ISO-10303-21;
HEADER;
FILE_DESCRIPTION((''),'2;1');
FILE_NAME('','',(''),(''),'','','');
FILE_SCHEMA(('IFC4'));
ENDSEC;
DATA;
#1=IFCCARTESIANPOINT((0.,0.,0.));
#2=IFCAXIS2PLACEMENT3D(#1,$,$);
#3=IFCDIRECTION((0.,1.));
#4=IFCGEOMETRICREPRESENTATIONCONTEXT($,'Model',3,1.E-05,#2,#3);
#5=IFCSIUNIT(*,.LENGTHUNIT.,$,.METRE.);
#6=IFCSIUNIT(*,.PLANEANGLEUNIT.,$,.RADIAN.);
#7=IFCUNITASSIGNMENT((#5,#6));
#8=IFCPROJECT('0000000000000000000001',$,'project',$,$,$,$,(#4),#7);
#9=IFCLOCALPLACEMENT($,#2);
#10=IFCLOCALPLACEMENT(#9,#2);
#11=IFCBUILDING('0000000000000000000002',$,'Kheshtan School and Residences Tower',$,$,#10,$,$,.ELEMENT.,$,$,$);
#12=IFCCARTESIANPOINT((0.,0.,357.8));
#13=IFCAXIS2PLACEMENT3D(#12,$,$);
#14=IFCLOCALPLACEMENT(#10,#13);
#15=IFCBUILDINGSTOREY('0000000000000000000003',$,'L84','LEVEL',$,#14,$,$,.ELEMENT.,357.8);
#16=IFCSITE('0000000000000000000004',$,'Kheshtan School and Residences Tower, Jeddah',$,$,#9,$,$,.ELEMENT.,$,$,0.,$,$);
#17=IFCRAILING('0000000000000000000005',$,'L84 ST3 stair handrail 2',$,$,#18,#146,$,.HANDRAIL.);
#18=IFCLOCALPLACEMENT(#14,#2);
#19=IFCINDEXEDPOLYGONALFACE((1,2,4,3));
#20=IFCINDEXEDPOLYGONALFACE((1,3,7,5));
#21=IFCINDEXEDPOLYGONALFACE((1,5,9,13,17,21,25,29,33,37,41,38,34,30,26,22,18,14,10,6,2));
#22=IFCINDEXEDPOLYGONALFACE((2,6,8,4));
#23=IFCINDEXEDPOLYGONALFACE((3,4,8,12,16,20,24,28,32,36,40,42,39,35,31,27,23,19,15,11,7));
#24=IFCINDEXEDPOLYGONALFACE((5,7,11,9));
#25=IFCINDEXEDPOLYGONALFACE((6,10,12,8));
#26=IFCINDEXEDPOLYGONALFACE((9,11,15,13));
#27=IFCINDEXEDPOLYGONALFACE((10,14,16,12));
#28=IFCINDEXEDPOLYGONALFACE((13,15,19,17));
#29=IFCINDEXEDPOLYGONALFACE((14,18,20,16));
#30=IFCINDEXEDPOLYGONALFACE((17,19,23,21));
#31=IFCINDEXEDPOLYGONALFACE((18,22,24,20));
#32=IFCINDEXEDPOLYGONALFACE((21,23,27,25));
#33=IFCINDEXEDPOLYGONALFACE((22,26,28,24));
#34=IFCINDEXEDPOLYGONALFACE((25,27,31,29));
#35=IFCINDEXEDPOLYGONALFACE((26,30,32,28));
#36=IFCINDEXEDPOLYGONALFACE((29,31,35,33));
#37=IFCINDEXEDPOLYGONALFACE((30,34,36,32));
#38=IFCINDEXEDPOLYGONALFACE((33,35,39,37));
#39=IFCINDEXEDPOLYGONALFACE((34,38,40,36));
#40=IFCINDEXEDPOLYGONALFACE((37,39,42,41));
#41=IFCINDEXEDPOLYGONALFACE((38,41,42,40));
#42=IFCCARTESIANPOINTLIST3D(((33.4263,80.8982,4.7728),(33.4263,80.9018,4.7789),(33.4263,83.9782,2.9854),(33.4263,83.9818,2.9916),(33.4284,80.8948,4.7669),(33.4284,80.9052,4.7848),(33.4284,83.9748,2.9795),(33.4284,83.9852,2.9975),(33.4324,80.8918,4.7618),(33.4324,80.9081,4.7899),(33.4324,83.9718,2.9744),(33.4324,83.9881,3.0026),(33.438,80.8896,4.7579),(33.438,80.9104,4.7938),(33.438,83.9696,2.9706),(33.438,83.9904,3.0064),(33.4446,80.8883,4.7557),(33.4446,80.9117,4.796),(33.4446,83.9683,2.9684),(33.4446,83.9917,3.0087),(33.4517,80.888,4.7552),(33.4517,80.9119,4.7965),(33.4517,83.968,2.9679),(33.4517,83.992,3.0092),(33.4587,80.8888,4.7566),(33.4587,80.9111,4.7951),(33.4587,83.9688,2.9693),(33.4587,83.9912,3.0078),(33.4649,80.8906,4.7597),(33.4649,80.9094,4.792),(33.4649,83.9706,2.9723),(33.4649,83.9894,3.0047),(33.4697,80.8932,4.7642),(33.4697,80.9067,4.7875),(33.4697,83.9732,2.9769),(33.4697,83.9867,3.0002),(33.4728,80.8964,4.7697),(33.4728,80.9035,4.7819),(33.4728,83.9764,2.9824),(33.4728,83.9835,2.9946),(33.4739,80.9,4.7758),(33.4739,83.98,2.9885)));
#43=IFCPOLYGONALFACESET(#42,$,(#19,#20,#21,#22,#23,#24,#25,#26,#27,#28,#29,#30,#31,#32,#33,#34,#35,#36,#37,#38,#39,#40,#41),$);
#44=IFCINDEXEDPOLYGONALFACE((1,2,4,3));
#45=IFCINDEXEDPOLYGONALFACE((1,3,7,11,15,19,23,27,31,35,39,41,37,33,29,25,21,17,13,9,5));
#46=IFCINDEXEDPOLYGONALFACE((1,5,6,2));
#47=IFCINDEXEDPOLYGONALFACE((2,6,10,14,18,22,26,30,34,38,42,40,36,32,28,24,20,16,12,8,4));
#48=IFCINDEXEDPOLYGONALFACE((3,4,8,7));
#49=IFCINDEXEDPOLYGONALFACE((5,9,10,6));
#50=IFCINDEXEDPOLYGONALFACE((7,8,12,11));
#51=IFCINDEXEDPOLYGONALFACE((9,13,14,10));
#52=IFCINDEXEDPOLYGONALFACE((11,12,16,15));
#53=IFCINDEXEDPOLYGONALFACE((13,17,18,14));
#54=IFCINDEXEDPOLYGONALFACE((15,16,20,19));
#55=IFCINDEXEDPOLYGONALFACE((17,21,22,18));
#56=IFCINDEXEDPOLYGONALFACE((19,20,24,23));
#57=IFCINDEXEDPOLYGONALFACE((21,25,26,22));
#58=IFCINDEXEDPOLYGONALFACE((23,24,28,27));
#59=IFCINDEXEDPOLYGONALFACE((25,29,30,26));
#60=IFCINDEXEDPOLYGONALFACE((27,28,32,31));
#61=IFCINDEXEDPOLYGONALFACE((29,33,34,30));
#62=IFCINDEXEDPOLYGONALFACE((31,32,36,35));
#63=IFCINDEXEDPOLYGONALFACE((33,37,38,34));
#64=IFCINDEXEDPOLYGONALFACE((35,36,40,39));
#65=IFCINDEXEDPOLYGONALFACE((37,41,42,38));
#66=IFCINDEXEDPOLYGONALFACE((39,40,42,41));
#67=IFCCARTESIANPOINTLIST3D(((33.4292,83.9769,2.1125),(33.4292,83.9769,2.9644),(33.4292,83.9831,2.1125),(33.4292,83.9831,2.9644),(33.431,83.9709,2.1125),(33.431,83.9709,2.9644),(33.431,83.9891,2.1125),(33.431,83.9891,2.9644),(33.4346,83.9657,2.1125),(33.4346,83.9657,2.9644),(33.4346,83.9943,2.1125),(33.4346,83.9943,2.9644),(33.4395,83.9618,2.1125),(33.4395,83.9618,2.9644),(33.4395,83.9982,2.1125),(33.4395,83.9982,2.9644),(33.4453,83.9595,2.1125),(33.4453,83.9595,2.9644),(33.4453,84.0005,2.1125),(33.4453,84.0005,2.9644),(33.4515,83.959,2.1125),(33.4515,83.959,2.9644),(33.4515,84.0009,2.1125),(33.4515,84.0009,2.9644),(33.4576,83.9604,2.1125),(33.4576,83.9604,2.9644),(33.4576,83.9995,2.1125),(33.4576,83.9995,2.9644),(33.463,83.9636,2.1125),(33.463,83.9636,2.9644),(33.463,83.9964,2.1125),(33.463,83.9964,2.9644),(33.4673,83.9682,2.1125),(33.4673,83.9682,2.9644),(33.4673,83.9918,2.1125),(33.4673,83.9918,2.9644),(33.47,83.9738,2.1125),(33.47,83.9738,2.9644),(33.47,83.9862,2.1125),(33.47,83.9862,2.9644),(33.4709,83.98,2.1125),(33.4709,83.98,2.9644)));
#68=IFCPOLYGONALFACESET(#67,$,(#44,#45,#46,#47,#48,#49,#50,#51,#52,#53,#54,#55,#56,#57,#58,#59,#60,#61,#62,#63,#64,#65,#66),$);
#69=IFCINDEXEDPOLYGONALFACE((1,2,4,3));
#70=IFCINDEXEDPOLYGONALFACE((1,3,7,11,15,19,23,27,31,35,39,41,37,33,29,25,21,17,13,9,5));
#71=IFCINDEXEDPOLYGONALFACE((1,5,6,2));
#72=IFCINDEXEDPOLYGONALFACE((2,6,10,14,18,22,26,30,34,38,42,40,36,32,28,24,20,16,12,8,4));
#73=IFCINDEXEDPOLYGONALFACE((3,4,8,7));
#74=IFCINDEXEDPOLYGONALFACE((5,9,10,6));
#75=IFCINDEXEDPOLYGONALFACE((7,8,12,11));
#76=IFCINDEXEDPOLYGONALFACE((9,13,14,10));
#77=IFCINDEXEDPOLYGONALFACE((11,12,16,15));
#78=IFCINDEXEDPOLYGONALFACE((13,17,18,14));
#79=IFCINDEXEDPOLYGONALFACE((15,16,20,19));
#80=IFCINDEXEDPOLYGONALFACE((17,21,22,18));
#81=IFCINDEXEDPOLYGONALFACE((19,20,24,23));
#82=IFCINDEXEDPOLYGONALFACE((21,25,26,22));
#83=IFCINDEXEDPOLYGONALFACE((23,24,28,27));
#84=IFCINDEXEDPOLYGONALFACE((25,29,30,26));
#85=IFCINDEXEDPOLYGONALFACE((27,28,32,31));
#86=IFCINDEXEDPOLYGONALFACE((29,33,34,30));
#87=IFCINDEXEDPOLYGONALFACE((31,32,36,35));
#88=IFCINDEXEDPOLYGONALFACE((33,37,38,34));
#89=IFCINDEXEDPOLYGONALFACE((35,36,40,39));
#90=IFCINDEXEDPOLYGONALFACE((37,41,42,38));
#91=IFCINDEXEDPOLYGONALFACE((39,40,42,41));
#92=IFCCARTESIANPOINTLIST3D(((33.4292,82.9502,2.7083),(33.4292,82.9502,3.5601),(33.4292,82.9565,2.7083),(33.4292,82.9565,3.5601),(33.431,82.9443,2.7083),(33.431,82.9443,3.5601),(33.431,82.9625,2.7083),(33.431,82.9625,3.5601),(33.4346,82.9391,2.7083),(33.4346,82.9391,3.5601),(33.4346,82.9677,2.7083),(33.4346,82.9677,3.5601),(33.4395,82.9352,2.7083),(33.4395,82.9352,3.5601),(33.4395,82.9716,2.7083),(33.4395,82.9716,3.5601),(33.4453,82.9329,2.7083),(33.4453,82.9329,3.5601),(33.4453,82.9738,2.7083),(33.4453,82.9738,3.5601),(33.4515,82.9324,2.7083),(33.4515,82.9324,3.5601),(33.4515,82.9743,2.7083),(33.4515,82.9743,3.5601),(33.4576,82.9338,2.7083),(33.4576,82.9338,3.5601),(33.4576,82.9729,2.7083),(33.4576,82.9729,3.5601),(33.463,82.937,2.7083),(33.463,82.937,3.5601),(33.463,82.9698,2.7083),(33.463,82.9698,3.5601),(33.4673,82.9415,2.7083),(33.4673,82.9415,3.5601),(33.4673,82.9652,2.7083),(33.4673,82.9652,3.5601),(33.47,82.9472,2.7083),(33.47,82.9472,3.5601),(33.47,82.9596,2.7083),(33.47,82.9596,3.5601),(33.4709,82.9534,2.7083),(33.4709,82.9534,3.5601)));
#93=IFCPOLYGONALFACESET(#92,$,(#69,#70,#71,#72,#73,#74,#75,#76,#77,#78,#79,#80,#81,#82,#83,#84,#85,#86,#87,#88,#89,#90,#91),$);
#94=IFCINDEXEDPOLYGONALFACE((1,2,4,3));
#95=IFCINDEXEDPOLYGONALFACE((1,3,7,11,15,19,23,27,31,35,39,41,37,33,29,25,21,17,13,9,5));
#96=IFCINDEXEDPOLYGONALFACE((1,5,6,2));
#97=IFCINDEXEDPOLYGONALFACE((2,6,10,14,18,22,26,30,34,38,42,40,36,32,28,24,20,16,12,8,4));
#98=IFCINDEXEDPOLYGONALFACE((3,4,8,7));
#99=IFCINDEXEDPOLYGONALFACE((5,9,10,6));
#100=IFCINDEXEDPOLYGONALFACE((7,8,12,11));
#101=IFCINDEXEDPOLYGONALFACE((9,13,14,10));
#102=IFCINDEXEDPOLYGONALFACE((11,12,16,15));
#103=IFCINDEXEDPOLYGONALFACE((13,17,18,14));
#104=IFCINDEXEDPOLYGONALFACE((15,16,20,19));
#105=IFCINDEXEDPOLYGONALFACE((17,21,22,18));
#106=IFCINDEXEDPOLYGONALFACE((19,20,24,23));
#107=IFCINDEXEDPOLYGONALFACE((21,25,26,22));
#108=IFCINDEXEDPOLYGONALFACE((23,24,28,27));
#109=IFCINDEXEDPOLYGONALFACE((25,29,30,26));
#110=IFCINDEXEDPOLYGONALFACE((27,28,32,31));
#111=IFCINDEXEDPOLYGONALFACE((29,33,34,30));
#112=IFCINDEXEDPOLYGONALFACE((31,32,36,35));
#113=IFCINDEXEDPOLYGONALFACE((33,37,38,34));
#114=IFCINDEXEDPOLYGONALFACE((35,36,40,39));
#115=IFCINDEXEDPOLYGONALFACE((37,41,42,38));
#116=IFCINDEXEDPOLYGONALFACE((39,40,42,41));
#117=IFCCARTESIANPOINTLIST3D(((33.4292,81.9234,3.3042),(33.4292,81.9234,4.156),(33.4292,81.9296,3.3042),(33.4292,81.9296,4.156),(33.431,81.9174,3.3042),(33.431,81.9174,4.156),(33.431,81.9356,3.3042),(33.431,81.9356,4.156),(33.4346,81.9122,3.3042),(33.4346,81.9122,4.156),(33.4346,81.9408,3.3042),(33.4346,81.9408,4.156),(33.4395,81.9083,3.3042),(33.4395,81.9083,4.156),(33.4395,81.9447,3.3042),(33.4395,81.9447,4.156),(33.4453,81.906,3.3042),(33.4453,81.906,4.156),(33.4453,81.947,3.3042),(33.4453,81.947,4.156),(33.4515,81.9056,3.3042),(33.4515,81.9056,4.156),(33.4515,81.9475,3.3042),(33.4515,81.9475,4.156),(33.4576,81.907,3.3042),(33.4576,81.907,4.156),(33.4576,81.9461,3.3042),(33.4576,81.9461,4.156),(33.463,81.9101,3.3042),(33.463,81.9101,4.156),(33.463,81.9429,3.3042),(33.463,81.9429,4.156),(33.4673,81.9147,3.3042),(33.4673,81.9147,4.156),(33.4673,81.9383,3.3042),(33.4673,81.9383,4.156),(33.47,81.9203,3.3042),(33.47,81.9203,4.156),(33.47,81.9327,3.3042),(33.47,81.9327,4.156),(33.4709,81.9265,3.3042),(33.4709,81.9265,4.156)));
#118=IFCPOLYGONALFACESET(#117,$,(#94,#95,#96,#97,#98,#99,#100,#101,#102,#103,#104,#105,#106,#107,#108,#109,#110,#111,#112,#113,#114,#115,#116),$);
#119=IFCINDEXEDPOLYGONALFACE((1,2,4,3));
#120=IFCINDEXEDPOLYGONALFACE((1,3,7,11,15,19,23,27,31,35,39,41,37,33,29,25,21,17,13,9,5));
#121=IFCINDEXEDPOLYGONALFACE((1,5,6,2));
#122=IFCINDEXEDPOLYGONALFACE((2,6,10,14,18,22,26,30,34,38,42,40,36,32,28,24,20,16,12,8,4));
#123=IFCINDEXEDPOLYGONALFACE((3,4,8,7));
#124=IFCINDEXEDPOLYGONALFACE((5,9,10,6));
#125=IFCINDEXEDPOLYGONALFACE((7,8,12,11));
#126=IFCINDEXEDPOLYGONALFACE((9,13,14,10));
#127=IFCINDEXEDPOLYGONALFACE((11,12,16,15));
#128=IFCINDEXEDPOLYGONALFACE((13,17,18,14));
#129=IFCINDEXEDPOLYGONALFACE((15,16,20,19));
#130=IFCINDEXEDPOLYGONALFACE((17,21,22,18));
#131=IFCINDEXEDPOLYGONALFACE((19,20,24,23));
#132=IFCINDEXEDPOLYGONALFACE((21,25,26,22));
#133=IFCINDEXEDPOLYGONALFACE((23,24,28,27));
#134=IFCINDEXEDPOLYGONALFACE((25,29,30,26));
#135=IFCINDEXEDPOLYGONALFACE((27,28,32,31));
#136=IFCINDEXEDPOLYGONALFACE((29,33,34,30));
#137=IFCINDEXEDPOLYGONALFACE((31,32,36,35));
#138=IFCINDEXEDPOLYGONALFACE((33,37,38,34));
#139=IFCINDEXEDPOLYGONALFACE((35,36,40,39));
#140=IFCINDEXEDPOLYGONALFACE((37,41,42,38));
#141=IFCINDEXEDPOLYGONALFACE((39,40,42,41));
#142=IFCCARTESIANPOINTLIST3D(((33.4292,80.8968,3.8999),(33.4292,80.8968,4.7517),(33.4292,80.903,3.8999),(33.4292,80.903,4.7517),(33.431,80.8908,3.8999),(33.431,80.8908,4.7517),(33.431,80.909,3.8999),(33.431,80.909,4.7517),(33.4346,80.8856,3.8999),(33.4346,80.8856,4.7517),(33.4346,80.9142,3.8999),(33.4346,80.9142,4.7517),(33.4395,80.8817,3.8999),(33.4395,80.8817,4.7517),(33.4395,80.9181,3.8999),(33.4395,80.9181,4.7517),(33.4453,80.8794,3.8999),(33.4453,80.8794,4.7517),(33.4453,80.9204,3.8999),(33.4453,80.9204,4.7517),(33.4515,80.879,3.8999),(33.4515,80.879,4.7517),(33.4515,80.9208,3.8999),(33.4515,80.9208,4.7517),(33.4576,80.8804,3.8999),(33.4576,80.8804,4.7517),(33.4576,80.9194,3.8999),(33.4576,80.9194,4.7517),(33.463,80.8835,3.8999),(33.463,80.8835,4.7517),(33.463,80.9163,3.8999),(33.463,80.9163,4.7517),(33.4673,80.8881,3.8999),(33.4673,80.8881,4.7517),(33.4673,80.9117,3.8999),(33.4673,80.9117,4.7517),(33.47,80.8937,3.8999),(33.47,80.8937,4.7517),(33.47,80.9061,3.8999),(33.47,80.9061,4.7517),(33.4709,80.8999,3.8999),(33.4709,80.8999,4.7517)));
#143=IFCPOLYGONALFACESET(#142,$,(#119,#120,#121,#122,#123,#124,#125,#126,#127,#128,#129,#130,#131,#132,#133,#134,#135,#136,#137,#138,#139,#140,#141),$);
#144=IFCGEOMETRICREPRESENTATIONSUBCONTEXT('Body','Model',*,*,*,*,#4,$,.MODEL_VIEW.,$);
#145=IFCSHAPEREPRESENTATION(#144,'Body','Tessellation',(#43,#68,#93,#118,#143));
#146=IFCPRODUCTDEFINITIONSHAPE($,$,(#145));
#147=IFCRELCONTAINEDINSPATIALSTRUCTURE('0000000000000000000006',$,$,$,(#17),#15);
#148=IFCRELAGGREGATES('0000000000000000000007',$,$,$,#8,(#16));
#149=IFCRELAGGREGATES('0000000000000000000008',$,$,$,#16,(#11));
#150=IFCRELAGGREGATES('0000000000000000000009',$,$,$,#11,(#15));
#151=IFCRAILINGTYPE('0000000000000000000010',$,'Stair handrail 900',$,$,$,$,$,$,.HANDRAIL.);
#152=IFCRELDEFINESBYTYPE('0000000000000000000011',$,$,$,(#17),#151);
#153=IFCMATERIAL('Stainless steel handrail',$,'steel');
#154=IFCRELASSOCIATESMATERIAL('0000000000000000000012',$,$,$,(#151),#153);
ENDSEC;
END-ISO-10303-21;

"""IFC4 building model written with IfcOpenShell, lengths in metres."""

from ifc_helpers import new_model, si_unit, direction, frame, origin, origin_2d, place, context, subcontext, project, spatial, circle, extrude, material, type_object, element, save


model = new_model("IFC4")

# Units and contexts
model_context = context("Model", 3, precision=1e-05, world=origin(), true_north=direction((0.0, 1.0)))
body_context = subcontext(model_context, "Body", "Model", "MODEL_VIEW")
ifc_project = project(units=[si_unit("LENGTHUNIT", "METRE"), si_unit("PLANEANGLEUNIT", "RADIAN")], contexts=[model_context])

# Site, building, storey
site_placement = place(None, origin())
site = spatial("IfcSite", under=ifc_project, at=site_placement, Name="Kheshtan School and Residences Tower, Jeddah", CompositionType="ELEMENT", RefElevation=0.0)
building_placement = place(site_placement, origin())
building = spatial("IfcBuilding", under=site, at=building_placement, Name="Kheshtan School and Residences Tower", CompositionType="ELEMENT")
storey_placement = place(building_placement, frame((0.0, 0.0, 357.8)))
storey = spatial("IfcBuildingStorey", under=building, at=storey_placement, Name="L84", Description="LEVEL", CompositionType="ELEMENT", Elevation=357.8)

# Railing
ifc_material_1 = material(Name="Stainless steel handrail", Category="steel")
railing_type_1 = type_object("IfcRailingType", Name="Stair handrail 900", PredefinedType="HANDRAIL", material=ifc_material_1)
railing_1_placement = place(storey_placement, frame((33.45, 83.98, 2.1125)))
element("IfcRailing", 1, at=railing_1_placement, inside=storey, type_object=railing_type_1, Name="L84 ST3 stair handrail 2", PredefinedType="HANDRAIL", context=body_context, shape_type="SweptSolid", body=[
    extrude(circle(Radius=0.0239, at=origin_2d()), frame((0.0, 0.0, 0.876), z_axis=(0.0, -0.86492, 0.501909), x_axis=(1.0, 0.0, 0.0)), (0.0, 0.0, 1.0), 3.561),
    extrude(circle(Radius=0.021, at=origin_2d()), origin(), (0.0, 0.0, 1.0), 0.8518),
    extrude(circle(Radius=0.021, at=origin_2d()), frame((0.0, -1.0266, 0.5957)), (0.0, 0.0, 1.0), 0.8518),
    extrude(circle(Radius=0.021, at=origin_2d()), frame((0.0, -2.0535, 1.1917)), (0.0, 0.0, 1.0), 0.8518),
    extrude(circle(Radius=0.021, at=origin_2d()), frame((0.0, -3.0801, 1.7874)), (0.0, 0.0, 1.0), 0.8518),
])

save(model, "model.ifc")
